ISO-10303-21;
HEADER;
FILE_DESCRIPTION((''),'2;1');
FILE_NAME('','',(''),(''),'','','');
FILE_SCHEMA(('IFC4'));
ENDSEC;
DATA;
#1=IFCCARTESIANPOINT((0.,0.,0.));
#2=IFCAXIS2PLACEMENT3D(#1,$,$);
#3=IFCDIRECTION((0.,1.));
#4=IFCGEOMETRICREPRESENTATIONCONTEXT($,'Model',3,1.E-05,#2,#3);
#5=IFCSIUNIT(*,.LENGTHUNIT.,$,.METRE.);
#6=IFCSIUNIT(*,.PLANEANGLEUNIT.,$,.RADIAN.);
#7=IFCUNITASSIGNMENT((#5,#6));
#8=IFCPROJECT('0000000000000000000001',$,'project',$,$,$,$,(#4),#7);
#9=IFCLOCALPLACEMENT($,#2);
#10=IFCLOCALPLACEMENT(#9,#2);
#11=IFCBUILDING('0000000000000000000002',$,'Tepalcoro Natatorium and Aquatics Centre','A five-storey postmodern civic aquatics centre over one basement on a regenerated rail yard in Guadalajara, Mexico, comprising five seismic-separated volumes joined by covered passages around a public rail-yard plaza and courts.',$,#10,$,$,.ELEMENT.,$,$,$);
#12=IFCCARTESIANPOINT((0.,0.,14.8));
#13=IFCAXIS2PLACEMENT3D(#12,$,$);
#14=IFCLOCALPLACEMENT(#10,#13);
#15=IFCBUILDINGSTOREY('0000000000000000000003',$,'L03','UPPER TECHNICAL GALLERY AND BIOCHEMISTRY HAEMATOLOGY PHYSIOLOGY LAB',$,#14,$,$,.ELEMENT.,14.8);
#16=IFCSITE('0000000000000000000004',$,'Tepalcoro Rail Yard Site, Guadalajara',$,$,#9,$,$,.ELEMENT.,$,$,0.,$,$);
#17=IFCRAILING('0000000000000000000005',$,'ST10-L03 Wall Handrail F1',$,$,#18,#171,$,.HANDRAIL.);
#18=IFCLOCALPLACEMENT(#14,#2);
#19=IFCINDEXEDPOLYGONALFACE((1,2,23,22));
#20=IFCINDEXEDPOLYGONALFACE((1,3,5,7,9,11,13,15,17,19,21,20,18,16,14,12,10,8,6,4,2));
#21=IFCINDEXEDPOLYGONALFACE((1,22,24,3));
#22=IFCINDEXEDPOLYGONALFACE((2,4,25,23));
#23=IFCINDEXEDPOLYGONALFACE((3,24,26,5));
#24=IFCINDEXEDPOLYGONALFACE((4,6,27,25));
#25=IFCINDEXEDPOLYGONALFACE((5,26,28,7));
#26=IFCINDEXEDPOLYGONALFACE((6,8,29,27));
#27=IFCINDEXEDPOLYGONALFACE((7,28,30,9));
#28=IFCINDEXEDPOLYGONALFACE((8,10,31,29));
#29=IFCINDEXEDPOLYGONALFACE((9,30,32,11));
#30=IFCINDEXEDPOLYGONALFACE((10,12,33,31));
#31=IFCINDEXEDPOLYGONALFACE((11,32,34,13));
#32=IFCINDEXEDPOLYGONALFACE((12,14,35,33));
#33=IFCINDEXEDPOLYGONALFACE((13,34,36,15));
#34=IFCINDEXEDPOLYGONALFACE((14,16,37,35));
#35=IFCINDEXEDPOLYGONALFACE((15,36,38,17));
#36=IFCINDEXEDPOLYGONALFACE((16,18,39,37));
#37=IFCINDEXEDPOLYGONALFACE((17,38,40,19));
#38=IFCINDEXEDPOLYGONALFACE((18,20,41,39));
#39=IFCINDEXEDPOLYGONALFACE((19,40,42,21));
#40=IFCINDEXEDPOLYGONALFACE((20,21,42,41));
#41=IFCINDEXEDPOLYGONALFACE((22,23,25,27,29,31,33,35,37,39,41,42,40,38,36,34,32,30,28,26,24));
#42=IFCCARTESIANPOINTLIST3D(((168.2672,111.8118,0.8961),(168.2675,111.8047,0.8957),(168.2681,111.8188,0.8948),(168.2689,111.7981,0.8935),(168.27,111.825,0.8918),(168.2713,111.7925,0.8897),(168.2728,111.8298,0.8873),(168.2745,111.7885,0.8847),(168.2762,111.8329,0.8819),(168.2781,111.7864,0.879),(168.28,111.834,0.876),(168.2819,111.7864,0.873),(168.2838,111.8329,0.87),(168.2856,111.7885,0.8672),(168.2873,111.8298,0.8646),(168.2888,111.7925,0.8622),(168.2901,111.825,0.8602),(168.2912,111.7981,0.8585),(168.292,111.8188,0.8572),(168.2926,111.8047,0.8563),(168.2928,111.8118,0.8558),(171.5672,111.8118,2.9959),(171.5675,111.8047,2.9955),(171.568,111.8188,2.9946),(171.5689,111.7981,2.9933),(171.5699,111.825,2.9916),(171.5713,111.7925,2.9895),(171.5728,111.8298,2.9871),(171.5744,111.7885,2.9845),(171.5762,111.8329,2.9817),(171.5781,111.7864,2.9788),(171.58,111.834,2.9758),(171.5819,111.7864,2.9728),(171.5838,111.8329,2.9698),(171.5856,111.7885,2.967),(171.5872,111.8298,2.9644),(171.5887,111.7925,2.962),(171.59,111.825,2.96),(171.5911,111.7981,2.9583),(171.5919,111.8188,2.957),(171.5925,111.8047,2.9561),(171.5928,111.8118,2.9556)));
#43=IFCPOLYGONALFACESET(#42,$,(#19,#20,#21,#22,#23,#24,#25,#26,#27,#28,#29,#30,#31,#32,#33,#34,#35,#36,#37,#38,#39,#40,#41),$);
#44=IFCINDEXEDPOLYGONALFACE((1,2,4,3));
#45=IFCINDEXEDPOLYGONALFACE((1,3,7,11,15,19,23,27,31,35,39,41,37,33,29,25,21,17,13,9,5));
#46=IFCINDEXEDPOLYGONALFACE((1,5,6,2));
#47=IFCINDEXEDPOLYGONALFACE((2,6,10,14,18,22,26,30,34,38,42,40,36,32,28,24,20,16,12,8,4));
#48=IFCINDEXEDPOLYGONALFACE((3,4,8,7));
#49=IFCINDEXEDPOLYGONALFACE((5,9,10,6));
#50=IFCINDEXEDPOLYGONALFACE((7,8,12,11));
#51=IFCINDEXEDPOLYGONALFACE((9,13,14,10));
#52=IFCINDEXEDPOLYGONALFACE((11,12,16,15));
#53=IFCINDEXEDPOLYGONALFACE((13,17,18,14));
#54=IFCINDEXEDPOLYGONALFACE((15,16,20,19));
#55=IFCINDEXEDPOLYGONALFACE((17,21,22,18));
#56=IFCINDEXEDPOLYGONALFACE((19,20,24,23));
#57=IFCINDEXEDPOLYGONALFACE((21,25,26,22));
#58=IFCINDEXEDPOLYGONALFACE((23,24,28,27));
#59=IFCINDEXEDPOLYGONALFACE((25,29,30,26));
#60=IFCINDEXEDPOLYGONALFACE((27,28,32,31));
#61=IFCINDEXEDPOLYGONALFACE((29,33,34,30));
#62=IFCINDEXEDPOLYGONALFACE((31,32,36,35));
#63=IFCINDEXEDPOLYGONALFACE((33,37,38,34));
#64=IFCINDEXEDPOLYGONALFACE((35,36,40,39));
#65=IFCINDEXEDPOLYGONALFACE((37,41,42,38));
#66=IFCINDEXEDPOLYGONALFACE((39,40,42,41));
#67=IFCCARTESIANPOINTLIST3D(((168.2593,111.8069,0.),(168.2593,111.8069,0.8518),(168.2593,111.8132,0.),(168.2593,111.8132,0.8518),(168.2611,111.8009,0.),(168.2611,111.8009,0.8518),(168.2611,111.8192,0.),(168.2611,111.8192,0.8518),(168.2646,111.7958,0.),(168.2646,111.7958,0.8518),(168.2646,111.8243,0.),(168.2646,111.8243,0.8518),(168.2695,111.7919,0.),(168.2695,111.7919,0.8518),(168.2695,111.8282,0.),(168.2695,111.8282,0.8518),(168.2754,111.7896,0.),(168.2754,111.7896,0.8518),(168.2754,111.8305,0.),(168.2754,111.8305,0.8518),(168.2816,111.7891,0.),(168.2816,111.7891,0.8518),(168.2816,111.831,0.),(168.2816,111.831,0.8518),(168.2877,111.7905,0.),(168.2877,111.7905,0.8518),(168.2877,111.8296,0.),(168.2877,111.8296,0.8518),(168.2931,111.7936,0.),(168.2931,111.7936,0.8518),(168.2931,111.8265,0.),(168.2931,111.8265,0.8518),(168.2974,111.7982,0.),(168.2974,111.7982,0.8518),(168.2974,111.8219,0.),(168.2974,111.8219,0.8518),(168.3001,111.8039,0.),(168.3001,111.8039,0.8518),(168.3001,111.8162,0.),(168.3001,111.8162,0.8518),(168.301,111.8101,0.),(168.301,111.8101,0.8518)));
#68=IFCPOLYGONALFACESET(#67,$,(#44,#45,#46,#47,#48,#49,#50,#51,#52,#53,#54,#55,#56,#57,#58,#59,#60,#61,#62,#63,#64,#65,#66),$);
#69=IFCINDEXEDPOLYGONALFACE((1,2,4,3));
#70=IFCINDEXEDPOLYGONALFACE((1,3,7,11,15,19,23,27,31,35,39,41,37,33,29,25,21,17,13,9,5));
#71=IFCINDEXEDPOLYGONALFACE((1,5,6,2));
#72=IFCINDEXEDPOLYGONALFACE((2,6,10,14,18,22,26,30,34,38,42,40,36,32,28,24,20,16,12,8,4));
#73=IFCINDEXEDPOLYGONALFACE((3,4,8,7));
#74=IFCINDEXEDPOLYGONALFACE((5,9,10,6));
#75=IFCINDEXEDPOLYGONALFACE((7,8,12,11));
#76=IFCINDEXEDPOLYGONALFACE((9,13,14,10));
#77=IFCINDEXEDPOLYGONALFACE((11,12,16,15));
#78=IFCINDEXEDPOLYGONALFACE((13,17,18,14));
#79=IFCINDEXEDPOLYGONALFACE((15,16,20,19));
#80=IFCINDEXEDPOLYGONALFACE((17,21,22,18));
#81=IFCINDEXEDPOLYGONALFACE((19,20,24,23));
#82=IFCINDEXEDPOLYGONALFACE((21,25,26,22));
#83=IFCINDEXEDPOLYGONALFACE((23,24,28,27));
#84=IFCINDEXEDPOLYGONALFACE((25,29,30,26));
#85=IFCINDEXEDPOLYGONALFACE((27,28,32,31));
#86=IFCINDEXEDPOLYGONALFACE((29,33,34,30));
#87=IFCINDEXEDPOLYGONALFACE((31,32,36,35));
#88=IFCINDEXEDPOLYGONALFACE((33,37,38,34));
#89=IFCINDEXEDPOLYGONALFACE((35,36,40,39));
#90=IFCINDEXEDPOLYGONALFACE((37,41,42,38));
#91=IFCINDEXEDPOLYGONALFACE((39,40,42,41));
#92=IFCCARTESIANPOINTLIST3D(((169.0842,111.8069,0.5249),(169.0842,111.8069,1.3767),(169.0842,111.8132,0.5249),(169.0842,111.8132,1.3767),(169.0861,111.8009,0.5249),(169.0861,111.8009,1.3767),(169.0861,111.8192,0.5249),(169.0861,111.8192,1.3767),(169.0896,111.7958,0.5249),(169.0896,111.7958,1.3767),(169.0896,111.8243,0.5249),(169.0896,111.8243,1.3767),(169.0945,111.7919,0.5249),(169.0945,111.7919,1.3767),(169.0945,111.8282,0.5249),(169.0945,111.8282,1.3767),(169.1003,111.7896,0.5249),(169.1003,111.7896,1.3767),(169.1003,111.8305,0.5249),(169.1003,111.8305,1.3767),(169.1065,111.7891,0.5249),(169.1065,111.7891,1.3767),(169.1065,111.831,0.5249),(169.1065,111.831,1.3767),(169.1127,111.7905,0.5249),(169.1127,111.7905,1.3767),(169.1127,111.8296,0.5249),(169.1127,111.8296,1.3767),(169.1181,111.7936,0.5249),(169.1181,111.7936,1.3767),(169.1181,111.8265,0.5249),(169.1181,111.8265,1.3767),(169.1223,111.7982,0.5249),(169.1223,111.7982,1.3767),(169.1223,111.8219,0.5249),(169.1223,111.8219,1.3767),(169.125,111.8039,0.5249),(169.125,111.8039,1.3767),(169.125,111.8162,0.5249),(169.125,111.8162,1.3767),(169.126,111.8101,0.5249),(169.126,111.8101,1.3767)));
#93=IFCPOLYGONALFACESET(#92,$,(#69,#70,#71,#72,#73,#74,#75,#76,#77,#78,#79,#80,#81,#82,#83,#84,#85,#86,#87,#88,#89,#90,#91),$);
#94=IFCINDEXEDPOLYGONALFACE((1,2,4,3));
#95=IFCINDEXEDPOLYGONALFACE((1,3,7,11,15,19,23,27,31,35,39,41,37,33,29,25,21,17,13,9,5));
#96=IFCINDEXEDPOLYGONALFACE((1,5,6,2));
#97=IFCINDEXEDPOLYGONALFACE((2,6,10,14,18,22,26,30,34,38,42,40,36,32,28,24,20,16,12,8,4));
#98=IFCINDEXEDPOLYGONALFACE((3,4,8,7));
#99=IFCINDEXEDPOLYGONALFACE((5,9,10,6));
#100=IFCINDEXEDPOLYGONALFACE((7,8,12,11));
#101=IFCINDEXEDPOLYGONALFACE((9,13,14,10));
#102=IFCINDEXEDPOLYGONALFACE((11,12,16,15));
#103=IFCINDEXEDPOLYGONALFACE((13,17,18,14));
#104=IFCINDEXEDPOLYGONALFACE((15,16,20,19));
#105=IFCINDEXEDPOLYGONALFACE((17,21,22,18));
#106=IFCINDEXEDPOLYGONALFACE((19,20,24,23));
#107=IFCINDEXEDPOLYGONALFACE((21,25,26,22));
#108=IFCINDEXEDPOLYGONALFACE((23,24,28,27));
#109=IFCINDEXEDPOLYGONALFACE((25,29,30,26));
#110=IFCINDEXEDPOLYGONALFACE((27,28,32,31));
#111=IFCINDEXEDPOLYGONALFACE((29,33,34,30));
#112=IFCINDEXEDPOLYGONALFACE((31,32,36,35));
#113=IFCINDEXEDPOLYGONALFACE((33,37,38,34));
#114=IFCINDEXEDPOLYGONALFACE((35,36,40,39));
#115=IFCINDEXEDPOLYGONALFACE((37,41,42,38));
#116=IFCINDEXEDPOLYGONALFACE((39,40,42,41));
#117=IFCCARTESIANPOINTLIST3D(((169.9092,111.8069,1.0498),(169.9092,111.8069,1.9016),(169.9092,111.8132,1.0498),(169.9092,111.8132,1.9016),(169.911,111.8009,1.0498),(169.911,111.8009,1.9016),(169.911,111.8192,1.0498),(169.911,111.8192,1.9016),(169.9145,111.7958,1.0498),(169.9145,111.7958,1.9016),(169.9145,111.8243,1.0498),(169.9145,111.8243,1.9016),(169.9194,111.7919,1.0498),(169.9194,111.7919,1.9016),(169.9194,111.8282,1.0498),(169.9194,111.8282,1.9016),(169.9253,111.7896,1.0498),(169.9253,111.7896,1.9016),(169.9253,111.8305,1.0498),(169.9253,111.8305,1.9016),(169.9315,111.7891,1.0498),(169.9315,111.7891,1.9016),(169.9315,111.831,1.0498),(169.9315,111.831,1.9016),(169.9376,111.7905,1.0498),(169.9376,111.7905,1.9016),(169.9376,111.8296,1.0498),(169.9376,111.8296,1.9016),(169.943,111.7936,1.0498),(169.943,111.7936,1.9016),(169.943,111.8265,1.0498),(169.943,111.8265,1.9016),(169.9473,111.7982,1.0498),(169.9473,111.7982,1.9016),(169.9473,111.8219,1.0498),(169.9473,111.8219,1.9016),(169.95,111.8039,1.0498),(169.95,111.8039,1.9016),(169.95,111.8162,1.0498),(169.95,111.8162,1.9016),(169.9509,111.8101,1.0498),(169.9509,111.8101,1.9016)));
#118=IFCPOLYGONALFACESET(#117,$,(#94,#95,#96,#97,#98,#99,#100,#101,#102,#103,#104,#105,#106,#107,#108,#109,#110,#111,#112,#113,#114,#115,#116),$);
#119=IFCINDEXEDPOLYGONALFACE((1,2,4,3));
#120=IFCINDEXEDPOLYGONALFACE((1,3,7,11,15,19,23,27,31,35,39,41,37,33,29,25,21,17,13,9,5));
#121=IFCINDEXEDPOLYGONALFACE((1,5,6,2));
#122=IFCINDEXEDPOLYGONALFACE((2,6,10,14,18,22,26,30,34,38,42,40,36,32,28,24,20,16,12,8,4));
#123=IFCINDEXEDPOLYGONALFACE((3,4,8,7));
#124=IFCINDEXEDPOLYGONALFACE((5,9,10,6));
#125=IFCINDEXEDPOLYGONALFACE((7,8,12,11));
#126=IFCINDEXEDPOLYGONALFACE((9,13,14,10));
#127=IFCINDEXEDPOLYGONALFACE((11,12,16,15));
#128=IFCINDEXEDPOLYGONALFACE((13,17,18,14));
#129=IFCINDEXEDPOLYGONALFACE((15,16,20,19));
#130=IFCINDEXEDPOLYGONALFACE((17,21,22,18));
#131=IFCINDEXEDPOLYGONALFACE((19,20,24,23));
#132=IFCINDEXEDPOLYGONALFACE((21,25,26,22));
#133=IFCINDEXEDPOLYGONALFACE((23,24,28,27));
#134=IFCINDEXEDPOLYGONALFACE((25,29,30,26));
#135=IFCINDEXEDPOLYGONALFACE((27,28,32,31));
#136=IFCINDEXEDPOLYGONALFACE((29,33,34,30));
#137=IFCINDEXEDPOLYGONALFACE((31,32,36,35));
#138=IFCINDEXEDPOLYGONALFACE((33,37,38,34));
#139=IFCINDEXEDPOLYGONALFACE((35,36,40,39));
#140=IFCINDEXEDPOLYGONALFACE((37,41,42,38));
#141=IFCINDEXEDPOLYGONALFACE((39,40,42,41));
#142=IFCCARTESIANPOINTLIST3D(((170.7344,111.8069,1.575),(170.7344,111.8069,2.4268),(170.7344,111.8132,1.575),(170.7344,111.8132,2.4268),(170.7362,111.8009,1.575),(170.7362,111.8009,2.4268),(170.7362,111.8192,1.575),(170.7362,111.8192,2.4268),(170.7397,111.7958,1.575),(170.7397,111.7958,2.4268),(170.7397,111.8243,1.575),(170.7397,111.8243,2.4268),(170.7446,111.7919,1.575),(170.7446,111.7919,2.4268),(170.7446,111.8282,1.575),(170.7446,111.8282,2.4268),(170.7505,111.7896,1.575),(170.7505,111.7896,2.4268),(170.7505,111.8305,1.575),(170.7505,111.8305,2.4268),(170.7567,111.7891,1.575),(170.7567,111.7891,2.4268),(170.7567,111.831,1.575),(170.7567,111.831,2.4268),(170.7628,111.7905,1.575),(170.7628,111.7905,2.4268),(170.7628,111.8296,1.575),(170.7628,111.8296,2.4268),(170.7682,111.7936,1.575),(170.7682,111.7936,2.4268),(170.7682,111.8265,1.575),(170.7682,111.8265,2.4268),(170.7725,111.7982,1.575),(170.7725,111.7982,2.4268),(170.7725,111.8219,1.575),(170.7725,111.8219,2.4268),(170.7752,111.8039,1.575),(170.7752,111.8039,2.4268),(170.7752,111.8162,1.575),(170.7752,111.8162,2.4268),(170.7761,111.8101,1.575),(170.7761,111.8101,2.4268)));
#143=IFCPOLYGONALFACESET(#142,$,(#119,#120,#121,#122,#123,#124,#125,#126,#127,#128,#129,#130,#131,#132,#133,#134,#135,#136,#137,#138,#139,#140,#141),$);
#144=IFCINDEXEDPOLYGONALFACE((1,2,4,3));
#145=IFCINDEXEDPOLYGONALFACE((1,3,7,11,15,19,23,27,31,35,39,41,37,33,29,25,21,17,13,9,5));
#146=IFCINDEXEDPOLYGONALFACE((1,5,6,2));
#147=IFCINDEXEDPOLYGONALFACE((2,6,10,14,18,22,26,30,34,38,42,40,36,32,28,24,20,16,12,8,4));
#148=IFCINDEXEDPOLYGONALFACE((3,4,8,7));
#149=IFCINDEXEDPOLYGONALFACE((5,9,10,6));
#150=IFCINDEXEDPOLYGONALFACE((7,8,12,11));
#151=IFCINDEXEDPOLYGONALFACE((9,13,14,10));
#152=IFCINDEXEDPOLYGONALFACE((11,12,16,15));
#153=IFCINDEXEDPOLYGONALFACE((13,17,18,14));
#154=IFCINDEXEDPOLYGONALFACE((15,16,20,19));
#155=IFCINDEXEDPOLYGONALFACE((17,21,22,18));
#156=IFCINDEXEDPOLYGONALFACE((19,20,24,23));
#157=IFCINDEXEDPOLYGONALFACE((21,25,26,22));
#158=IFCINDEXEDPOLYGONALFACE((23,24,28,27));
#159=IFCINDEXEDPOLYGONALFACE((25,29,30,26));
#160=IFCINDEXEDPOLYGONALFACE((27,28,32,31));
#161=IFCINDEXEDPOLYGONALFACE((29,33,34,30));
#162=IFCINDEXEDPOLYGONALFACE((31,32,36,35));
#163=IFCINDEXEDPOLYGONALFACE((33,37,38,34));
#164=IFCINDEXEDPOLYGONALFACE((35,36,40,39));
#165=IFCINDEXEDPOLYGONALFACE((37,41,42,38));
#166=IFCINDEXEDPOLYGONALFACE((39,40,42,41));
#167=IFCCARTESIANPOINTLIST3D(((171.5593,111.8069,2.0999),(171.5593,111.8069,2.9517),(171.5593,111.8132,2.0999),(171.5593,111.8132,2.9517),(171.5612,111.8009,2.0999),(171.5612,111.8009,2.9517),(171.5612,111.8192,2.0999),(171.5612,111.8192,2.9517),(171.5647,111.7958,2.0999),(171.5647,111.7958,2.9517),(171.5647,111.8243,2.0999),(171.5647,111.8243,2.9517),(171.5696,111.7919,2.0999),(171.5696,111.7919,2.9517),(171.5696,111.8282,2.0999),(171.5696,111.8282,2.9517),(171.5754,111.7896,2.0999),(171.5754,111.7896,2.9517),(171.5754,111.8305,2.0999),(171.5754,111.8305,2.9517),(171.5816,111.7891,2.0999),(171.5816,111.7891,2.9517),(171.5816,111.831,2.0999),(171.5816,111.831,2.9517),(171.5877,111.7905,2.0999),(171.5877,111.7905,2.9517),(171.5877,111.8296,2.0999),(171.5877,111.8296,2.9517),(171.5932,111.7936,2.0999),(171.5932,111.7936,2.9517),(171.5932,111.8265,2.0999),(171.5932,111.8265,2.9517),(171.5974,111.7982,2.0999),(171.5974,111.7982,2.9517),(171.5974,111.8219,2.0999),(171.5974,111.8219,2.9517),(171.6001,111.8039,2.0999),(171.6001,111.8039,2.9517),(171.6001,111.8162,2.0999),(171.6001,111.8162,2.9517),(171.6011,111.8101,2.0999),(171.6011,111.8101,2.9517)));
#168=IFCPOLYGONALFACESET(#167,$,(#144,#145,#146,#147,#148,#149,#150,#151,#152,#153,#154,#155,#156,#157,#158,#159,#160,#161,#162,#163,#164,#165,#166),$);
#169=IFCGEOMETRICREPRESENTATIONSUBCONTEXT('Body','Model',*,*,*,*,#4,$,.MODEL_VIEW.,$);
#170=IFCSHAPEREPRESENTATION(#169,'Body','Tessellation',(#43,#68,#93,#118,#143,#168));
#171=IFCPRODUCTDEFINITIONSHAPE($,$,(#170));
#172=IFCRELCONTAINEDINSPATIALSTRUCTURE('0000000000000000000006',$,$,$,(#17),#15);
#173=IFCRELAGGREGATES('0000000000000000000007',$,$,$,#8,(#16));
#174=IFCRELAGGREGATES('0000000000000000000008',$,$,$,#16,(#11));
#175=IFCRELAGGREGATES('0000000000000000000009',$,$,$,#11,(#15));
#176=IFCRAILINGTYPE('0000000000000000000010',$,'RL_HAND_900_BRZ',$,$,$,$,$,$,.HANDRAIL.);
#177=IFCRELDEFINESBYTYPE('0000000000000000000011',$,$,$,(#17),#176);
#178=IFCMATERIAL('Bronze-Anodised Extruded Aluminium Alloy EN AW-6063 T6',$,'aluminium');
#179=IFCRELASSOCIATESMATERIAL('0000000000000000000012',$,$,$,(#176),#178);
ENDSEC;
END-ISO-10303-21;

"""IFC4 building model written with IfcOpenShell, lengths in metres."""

from ifc_helpers import new_model, si_unit, direction, frame, origin, origin_2d, place, context, subcontext, project, spatial, circle, extrude, material, type_object, element, save


model = new_model("IFC4")

# Units and contexts
model_context = context("Model", 3, precision=1e-05, world=origin(), true_north=direction((0.0, 1.0)))
body_context = subcontext(model_context, "Body", "Model", "MODEL_VIEW")
ifc_project = project(units=[si_unit("LENGTHUNIT", "METRE"), si_unit("PLANEANGLEUNIT", "RADIAN")], contexts=[model_context])

# Site, building, storey
site_placement = place(None, origin())
site = spatial("IfcSite", under=ifc_project, at=site_placement, Name="Tepalcoro Rail Yard Site, Guadalajara", CompositionType="ELEMENT", RefElevation=0.0)
building_placement = place(site_placement, origin())
building = spatial("IfcBuilding", under=site, at=building_placement, Name="Tepalcoro Natatorium and Aquatics Centre", Description="A five-storey postmodern civic aquatics centre over one basement on a regenerated rail yard in Guadalajara, Mexico, comprising five seismic-separated volumes joined by covered passages around a public rail-yard plaza and courts.", CompositionType="ELEMENT")
storey_placement = place(building_placement, frame((0.0, 0.0, 14.8)))
storey = spatial("IfcBuildingStorey", under=building, at=storey_placement, Name="L03", Description="UPPER TECHNICAL GALLERY AND BIOCHEMISTRY HAEMATOLOGY PHYSIOLOGY LAB", CompositionType="ELEMENT", Elevation=14.8)

# Shared definitions
ifc_material_1 = material(Name="Bronze-Anodised Extruded Aluminium Alloy EN AW-6063 T6", Category="aluminium")

# Railing
railing_type_1 = type_object("IfcRailingType", Name="RL_HAND_900_BRZ", PredefinedType="HANDRAIL", material=ifc_material_1)
railing_1_placement = place(storey_placement, frame((168.28, 111.8101, 0.0)))
element("IfcRailing", 1, at=railing_1_placement, inside=storey, type_object=railing_type_1, Name="ST10-L03 Wall Handrail F1", PredefinedType="HANDRAIL", context=body_context, shape_type="SweptSolid", body=[
    extrude(circle(Radius=0.0239, at=origin_2d()), frame((0.0, 0.0, 0.876), z_axis=(0.843682, 0.0, 0.536843), x_axis=(0.0, 1.0, 0.0)), (0.0, 0.0, 1.0), 3.9114),
    extrude(circle(Radius=0.021, at=origin_2d()), origin(), (0.0, 0.0, 1.0), 0.8518),
    extrude(circle(Radius=0.021, at=origin_2d()), frame((0.825, 0.0, 0.5249)), (0.0, 0.0, 1.0), 0.8518),
    extrude(circle(Radius=0.021, at=origin_2d()), frame((1.6499, 0.0, 1.0498)), (0.0, 0.0, 1.0), 0.8518),
    extrude(circle(Radius=0.021, at=origin_2d()), frame((2.4751, 0.0, 1.575)), (0.0, 0.0, 1.0), 0.8518),
    extrude(circle(Radius=0.021, at=origin_2d()), frame((3.3, 0.0, 2.0999)), (0.0, 0.0, 1.0), 0.8518),
])

save(model, "model.ifc")
